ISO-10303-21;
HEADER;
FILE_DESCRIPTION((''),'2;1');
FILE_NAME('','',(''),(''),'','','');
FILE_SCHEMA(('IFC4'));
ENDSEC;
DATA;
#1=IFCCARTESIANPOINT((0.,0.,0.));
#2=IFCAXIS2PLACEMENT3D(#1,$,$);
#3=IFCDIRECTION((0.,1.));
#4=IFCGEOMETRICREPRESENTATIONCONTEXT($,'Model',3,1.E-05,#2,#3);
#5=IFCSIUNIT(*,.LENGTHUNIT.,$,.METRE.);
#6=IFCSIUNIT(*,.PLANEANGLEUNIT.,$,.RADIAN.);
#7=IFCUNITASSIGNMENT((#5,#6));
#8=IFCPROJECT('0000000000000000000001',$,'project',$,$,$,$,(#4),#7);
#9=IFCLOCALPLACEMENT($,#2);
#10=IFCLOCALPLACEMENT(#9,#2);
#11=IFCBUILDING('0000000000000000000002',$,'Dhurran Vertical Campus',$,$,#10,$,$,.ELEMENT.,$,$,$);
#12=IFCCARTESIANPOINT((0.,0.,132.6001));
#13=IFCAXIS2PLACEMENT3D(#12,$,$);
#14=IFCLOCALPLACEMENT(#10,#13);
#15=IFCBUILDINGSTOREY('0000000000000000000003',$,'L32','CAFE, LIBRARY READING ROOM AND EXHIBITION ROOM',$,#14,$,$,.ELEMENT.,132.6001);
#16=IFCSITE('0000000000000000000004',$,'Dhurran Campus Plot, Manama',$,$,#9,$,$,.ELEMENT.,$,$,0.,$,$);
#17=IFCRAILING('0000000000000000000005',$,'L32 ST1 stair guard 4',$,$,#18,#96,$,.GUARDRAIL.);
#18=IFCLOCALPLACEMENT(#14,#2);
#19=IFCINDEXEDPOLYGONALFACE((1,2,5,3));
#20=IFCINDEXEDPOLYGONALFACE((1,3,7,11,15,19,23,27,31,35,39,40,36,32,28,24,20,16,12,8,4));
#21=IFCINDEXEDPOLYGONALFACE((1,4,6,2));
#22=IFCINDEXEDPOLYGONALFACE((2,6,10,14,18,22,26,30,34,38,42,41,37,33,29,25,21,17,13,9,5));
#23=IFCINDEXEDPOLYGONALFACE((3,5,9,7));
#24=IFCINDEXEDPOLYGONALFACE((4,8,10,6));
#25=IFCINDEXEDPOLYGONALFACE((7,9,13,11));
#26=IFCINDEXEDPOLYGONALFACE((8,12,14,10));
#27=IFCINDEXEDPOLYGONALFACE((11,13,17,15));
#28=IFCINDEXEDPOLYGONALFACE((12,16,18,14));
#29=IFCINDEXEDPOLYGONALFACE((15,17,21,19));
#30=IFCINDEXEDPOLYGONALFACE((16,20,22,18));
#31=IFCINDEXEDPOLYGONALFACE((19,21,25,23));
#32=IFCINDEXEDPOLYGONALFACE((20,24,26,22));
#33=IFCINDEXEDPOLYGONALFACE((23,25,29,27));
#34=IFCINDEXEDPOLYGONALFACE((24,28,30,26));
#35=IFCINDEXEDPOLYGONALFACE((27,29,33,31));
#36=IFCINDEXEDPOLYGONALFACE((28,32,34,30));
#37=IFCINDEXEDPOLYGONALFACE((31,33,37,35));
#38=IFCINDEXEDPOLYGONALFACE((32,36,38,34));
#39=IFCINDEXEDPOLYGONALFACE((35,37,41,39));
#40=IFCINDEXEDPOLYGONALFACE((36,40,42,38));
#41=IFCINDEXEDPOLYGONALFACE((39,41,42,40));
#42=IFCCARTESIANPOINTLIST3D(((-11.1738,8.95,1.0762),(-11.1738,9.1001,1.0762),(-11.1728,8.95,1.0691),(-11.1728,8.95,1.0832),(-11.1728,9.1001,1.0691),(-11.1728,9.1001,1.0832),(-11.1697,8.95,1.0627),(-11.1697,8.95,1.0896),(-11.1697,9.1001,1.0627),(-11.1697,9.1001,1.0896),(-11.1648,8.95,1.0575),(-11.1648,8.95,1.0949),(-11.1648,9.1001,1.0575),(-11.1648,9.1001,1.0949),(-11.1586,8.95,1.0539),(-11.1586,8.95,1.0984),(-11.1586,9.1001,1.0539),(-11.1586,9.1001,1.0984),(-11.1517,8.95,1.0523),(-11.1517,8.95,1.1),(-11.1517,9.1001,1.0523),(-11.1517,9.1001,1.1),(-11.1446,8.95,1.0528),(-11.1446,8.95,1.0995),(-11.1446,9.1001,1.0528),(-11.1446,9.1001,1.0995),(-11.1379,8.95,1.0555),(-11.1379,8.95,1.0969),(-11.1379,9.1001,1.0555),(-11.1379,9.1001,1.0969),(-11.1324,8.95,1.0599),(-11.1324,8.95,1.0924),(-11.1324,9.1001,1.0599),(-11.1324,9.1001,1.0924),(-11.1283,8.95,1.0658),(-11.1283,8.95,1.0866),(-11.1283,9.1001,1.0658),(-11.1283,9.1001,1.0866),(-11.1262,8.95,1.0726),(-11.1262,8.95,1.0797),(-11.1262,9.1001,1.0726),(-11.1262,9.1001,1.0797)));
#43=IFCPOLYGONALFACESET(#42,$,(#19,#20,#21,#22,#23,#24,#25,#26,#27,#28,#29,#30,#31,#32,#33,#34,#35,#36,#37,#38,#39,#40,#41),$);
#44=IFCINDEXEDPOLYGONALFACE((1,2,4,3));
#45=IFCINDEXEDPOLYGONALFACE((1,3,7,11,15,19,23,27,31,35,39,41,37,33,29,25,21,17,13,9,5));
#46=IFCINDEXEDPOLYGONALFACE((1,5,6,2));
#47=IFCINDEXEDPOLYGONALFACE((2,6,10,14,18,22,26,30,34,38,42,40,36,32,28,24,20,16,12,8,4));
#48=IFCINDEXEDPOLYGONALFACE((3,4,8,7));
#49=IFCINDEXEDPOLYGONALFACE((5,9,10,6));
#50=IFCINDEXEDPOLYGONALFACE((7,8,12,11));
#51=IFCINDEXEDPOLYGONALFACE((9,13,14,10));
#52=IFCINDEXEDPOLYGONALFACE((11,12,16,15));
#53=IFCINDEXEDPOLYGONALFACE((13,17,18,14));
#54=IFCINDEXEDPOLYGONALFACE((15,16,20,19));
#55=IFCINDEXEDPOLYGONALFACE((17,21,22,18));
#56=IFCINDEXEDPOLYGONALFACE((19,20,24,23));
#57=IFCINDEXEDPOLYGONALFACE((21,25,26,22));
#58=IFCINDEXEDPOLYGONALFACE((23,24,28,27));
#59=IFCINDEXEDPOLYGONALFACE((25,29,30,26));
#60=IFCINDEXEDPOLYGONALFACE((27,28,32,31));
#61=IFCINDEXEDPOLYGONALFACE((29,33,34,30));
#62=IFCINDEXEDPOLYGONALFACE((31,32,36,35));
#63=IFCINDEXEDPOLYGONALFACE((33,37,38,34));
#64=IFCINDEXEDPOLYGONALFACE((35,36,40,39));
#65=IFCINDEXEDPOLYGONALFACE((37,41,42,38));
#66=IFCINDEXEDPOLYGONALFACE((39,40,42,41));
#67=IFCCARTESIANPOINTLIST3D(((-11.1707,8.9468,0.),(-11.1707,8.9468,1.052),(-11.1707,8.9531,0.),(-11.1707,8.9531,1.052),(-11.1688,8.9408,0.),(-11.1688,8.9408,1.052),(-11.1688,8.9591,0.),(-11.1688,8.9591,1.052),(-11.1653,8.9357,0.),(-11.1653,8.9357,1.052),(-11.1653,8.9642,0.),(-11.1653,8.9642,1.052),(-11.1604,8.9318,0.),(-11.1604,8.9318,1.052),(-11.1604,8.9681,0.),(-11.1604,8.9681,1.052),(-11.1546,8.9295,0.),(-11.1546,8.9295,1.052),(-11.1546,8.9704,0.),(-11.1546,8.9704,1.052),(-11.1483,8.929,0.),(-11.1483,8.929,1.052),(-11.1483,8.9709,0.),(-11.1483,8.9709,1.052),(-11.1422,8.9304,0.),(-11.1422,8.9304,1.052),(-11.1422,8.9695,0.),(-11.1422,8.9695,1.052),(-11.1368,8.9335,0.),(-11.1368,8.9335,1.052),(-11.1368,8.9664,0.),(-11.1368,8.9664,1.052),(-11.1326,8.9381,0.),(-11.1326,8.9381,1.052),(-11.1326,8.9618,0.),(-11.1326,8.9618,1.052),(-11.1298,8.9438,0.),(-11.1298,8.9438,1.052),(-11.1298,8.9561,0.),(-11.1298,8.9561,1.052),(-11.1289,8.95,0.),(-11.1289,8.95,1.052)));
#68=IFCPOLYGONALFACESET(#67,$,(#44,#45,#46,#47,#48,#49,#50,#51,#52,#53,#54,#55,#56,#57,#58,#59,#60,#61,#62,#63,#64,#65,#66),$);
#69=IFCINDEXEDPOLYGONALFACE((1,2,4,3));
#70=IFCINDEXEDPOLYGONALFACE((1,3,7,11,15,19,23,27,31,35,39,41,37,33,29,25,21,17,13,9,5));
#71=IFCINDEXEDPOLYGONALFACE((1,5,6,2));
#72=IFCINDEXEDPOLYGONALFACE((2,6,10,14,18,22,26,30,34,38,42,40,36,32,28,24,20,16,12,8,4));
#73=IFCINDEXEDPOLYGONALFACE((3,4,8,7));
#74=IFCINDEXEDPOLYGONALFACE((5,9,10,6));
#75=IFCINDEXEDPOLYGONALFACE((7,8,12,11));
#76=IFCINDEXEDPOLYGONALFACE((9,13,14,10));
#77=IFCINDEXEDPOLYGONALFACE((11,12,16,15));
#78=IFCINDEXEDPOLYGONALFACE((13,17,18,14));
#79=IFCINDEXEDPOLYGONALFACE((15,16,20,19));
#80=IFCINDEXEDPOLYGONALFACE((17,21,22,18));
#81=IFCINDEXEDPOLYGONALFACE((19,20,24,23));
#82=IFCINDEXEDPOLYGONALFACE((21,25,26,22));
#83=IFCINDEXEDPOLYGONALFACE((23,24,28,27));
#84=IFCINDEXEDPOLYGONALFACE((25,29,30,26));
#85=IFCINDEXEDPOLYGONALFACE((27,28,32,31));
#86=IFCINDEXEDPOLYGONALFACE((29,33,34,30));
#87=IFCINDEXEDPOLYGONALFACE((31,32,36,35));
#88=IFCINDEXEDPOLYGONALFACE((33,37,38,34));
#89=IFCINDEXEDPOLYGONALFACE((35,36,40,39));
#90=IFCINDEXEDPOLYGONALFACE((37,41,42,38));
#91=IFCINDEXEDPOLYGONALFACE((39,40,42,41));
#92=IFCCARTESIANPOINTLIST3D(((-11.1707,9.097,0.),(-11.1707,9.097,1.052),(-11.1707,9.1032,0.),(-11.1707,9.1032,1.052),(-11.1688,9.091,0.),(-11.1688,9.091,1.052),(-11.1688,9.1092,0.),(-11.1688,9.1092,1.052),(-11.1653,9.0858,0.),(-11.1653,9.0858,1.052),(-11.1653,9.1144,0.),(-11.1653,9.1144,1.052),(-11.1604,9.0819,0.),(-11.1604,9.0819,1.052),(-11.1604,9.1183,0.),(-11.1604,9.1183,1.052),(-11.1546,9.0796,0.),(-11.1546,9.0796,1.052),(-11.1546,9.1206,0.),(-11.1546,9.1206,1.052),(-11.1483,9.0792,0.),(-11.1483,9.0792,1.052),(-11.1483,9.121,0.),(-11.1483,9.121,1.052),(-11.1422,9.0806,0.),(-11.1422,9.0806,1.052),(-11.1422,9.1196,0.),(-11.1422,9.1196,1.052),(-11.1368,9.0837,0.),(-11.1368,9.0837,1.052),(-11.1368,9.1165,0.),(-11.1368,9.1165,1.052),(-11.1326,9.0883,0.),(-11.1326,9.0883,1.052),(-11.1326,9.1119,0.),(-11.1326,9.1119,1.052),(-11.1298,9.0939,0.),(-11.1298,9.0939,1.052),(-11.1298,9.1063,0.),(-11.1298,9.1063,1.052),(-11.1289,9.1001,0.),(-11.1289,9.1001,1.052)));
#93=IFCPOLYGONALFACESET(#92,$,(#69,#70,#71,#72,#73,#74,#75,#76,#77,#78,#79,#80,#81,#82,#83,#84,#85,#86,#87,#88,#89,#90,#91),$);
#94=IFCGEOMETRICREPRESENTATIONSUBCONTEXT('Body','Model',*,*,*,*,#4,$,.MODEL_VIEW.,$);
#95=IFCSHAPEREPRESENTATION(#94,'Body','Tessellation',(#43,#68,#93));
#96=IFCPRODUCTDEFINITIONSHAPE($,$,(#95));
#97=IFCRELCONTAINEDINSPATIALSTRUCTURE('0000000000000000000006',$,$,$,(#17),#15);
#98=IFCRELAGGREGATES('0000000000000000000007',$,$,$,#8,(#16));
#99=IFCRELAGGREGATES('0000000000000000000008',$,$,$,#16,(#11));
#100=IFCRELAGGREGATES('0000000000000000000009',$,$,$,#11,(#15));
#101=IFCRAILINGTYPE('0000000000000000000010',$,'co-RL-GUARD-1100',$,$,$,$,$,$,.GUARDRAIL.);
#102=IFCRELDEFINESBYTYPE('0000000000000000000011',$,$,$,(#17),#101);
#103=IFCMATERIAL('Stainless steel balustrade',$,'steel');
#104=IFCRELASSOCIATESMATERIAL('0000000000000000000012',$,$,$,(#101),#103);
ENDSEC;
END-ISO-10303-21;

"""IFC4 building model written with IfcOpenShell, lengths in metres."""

from ifc_helpers import new_model, si_unit, direction, frame, origin, origin_2d, place, context, subcontext, project, spatial, circle, extrude, material, type_object, element, save


model = new_model("IFC4")

# Units and contexts
model_context = context("Model", 3, precision=1e-05, world=origin(), true_north=direction((0.0, 1.0)))
body_context = subcontext(model_context, "Body", "Model", "MODEL_VIEW")
ifc_project = project(units=[si_unit("LENGTHUNIT", "METRE"), si_unit("PLANEANGLEUNIT", "RADIAN")], contexts=[model_context])

# Site, building, storey
site_placement = place(None, origin())
site = spatial("IfcSite", under=ifc_project, at=site_placement, Name="Dhurran Campus Plot, Manama", CompositionType="ELEMENT", RefElevation=0.0)
building_placement = place(site_placement, origin())
building = spatial("IfcBuilding", under=site, at=building_placement, Name="Dhurran Vertical Campus", CompositionType="ELEMENT")
storey_placement = place(building_placement, frame((0.0, 0.0, 132.6001)))
storey = spatial("IfcBuildingStorey", under=building, at=storey_placement, Name="L32", Description="CAFE, LIBRARY READING ROOM AND EXHIBITION ROOM", CompositionType="ELEMENT", Elevation=132.6001)

# Railing
ifc_material_1 = material(Name="Stainless steel balustrade", Category="steel")
railing_type_1 = type_object("IfcRailingType", Name="co-RL-GUARD-1100", PredefinedType="GUARDRAIL", material=ifc_material_1)
railing_1_placement = place(storey_placement, frame((-11.1499, 8.95, 0.0)))
element("IfcRailing", 1, at=railing_1_placement, inside=storey, type_object=railing_type_1, Name="L32 ST1 stair guard 4", PredefinedType="GUARDRAIL", context=body_context, shape_type="SweptSolid", body=[
    extrude(circle(Radius=0.0239, at=origin_2d()), frame((0.0, 0.0, 1.0762), z_axis=(0.0, 1.0, 0.0), x_axis=(-1.0, 0.0, 0.0)), (0.0, 0.0, 1.0), 0.1501),
    extrude(circle(Radius=0.021, at=origin_2d()), origin(), (0.0, 0.0, 1.0), 1.052),
    extrude(circle(Radius=0.021, at=origin_2d()), frame((0.0, 0.1501, 0.0)), (0.0, 0.0, 1.0), 1.052),
])

save(model, "model.ifc")
